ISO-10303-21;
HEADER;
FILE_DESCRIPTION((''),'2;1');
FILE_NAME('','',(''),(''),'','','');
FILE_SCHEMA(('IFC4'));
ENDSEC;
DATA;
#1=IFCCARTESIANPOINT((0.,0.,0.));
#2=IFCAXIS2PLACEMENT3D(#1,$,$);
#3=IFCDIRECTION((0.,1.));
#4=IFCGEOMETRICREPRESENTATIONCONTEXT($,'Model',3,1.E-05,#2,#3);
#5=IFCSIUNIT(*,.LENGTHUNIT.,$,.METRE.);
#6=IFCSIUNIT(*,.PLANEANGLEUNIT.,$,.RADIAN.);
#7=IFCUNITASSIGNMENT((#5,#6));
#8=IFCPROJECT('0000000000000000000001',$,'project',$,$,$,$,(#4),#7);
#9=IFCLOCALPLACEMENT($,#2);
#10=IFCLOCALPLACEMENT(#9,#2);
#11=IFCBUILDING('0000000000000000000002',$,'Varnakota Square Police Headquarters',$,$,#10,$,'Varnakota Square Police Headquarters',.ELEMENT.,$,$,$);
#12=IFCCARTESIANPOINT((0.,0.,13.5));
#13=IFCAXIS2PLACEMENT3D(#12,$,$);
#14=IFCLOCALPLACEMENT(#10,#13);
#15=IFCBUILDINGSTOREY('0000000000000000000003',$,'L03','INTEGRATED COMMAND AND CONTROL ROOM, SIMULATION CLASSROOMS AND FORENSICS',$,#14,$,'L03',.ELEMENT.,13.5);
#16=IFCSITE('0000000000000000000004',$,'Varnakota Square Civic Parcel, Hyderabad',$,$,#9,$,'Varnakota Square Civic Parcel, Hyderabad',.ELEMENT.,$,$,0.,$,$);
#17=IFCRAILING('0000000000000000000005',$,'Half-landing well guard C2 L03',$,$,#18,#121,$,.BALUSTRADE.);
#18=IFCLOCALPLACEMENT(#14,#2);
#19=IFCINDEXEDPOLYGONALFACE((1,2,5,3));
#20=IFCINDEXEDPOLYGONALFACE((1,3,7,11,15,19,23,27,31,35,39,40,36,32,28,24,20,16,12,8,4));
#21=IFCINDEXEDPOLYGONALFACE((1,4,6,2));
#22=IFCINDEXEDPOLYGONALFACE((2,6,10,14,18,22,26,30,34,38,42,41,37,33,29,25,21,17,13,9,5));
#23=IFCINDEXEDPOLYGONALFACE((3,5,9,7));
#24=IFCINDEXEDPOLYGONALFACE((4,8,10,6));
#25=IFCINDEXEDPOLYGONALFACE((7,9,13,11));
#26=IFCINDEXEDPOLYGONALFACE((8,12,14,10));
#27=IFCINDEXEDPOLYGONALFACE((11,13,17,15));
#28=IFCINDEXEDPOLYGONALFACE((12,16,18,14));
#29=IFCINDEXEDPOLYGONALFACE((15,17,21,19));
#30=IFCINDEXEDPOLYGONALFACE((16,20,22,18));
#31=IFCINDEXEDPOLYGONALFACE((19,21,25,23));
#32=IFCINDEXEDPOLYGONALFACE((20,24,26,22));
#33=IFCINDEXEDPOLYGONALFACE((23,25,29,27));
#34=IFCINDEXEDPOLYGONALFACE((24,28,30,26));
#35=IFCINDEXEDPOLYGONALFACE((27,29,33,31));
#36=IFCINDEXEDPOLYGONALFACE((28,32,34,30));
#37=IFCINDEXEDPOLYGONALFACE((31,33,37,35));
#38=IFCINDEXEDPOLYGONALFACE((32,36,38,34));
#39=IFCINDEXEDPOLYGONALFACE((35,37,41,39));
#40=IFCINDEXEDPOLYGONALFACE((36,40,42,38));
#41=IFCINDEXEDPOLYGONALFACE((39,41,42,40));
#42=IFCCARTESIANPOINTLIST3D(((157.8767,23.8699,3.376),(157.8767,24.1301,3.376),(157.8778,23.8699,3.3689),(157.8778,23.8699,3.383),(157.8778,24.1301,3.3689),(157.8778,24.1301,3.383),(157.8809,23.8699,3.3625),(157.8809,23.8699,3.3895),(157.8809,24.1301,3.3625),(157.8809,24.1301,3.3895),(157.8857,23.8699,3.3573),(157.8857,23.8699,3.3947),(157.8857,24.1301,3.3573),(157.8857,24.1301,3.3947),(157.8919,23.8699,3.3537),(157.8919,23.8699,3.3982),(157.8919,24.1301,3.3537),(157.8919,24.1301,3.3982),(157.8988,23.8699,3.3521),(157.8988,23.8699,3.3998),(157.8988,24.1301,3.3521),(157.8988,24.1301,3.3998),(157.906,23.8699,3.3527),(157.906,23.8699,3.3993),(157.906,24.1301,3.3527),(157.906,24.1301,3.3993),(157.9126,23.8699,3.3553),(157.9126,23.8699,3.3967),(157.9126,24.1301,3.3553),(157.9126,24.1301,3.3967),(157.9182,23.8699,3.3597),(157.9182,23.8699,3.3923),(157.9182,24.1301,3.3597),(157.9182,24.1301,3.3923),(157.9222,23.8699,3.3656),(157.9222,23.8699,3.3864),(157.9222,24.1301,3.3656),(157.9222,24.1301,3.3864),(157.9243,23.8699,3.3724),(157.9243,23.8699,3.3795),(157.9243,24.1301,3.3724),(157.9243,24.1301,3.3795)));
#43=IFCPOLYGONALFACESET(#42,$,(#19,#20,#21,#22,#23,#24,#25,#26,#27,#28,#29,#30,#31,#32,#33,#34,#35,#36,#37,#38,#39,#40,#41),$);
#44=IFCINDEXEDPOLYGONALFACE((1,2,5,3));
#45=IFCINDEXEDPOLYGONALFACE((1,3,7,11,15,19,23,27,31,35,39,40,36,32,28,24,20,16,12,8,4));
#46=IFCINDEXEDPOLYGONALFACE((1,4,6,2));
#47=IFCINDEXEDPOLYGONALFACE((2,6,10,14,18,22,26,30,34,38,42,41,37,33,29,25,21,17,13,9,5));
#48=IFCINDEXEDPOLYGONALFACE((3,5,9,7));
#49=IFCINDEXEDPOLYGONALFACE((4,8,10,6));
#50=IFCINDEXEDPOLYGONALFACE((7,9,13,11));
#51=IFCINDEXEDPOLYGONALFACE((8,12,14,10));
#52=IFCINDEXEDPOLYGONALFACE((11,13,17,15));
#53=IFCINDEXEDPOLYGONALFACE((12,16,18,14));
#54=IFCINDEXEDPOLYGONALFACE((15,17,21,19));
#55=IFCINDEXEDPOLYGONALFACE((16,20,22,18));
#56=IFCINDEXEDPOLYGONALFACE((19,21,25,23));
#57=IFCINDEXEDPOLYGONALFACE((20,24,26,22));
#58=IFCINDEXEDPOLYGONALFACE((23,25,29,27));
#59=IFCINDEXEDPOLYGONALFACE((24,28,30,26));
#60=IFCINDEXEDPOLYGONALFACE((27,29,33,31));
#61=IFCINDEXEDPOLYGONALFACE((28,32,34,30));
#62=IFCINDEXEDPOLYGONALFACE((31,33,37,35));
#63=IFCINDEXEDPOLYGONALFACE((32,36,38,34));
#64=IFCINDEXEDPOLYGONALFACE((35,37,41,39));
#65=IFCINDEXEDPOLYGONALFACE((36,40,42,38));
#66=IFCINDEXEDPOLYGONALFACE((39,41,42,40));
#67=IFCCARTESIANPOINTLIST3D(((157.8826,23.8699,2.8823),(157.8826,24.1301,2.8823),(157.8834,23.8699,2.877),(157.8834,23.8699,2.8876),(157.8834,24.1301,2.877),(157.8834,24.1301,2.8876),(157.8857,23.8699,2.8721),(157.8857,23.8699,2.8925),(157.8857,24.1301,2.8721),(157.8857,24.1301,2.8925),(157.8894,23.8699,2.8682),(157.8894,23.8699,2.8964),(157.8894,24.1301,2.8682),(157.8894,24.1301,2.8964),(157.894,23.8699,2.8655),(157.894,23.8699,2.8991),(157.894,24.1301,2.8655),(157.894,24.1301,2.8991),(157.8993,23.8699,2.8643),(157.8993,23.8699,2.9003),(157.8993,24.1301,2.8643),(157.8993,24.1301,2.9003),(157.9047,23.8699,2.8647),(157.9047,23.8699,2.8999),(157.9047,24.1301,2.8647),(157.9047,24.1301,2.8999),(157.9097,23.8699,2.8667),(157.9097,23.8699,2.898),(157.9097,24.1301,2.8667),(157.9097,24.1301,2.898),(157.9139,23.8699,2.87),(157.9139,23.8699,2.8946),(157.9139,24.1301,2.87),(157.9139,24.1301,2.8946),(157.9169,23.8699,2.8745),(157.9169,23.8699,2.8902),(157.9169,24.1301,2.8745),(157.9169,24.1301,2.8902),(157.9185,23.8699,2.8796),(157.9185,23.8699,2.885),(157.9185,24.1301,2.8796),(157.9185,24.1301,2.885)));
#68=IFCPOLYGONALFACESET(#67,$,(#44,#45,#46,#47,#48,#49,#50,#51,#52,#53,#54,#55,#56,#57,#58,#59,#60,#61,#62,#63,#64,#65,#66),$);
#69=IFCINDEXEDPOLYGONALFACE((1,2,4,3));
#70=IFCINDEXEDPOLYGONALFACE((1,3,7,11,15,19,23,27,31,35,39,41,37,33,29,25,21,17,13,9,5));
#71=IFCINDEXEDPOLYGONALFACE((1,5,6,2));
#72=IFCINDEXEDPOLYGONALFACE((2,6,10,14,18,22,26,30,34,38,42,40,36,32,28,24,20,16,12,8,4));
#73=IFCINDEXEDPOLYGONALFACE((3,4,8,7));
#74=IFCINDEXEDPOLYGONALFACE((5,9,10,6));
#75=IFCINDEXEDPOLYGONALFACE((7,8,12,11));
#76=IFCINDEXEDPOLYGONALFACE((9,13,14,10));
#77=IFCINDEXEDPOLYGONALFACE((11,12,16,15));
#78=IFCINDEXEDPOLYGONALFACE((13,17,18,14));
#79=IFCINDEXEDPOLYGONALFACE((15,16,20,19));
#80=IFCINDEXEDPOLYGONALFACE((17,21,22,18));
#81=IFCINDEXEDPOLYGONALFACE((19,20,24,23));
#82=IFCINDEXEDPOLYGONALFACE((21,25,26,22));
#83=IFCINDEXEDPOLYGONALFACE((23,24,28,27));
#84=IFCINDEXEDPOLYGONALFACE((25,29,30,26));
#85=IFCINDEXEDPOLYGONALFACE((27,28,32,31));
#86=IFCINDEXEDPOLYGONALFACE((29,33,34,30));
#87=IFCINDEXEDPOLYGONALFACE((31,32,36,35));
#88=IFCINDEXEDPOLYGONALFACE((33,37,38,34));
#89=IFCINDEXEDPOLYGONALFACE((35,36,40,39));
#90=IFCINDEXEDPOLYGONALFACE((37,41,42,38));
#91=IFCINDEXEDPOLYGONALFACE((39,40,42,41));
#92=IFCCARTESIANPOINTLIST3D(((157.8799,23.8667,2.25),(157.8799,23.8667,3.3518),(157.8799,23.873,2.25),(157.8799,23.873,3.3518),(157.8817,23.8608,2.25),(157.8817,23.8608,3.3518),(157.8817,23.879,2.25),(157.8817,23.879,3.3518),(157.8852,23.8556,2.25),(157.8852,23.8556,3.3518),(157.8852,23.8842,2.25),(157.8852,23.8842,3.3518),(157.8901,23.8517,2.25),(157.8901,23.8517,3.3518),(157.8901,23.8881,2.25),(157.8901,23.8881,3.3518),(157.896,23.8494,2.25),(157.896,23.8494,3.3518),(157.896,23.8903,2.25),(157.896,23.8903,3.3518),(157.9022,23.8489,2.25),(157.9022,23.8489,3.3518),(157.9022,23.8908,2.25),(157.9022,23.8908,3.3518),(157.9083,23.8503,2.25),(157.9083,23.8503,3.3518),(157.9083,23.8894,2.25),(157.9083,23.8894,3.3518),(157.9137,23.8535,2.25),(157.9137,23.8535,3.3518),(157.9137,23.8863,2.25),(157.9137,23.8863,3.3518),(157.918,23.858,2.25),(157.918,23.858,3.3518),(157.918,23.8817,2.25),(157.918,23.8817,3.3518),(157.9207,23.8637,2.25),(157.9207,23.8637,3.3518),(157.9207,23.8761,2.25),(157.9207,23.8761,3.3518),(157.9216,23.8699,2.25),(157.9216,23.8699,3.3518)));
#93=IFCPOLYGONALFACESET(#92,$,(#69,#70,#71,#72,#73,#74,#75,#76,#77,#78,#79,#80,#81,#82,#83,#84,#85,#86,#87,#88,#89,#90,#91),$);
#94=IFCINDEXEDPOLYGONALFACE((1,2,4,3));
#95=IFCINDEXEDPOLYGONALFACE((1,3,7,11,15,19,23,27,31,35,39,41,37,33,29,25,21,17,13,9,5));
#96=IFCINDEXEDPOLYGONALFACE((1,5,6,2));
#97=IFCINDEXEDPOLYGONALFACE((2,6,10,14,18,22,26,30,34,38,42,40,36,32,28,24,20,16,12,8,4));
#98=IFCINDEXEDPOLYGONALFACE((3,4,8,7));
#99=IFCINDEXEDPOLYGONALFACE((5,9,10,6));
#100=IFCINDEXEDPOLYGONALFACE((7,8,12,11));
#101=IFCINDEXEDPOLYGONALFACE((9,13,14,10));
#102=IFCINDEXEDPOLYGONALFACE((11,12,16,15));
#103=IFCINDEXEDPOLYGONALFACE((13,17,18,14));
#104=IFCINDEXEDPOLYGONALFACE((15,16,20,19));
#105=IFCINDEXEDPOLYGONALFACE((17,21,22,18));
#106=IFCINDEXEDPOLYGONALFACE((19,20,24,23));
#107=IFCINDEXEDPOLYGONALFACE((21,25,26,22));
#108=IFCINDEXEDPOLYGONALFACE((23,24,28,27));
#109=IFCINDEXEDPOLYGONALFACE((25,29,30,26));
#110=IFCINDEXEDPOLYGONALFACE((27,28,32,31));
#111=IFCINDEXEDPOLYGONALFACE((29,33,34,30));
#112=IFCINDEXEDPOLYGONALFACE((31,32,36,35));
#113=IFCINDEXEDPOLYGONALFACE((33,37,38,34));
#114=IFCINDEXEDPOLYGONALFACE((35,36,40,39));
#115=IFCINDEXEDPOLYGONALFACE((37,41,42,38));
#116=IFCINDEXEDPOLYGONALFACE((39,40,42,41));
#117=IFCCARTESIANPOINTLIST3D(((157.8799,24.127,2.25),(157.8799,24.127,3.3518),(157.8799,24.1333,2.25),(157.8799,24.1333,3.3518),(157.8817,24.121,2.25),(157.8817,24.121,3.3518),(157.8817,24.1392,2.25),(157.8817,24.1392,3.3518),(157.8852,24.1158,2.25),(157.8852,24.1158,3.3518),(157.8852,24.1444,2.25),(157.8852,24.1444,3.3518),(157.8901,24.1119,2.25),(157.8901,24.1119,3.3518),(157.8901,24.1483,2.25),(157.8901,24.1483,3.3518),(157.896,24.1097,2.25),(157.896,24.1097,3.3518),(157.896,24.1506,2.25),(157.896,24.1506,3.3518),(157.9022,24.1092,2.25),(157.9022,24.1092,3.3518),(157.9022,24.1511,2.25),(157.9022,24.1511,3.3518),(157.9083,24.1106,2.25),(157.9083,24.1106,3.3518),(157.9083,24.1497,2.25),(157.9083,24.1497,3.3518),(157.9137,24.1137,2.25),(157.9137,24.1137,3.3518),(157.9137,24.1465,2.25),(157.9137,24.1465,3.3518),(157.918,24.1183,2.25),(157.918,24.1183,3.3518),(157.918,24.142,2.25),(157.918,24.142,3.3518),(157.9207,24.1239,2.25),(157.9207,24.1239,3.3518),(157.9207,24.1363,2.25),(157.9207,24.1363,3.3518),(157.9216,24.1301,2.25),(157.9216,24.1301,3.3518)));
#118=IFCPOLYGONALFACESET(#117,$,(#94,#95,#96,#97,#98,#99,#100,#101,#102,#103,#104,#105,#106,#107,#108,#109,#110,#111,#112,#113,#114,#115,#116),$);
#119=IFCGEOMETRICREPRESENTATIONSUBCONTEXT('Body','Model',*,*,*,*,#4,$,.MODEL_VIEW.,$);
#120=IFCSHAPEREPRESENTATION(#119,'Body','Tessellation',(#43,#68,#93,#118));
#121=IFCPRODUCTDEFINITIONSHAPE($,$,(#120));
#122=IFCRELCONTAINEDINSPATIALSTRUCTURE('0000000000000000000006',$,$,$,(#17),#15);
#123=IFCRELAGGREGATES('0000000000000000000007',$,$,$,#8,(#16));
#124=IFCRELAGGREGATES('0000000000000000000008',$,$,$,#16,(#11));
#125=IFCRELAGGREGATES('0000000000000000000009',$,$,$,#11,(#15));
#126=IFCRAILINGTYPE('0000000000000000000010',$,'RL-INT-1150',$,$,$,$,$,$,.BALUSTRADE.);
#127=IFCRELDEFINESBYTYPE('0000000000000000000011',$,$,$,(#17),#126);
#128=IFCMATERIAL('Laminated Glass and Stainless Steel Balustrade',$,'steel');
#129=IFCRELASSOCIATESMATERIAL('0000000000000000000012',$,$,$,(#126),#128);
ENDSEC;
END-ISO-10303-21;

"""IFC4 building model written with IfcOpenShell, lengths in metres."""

from ifc_helpers import new_model, si_unit, direction, frame, origin, origin_2d, place, context, subcontext, project, spatial, circle, extrude, material, type_object, element, save


model = new_model("IFC4")

# Units and contexts
model_context = context("Model", 3, precision=1e-05, world=origin(), true_north=direction((0.0, 1.0)))
body_context = subcontext(model_context, "Body", "Model", "MODEL_VIEW")
ifc_project = project(units=[si_unit("LENGTHUNIT", "METRE"), si_unit("PLANEANGLEUNIT", "RADIAN")], contexts=[model_context])

# Site, building, storey
site_placement = place(None, origin())
site = spatial("IfcSite", under=ifc_project, at=site_placement, Name="Varnakota Square Civic Parcel, Hyderabad", LongName="Varnakota Square Civic Parcel, Hyderabad", CompositionType="ELEMENT", RefElevation=0.0)
building_placement = place(site_placement, origin())
building = spatial("IfcBuilding", under=site, at=building_placement, Name="Varnakota Square Police Headquarters", LongName="Varnakota Square Police Headquarters", CompositionType="ELEMENT")
storey_placement = place(building_placement, frame((0.0, 0.0, 13.5)))
storey = spatial("IfcBuildingStorey", under=building, at=storey_placement, Name="L03", Description="INTEGRATED COMMAND AND CONTROL ROOM, SIMULATION CLASSROOMS AND FORENSICS", LongName="L03", CompositionType="ELEMENT", Elevation=13.5)

# Railing
ifc_material_1 = material(Name="Laminated Glass and Stainless Steel Balustrade", Category="steel")
railing_type_1 = type_object("IfcRailingType", Name="RL-INT-1150", PredefinedType="BALUSTRADE", material=ifc_material_1)
railing_1_placement = place(storey_placement, frame((157.9006, 23.8699, 2.25)))
element("IfcRailing", 1, at=railing_1_placement, inside=storey, type_object=railing_type_1, Name="Half-landing well guard C2 L03", PredefinedType="BALUSTRADE", context=body_context, shape_type="SweptSolid", body=[
    extrude(circle(Radius=0.0239, at=origin_2d()), frame((0.0, 0.0, 1.126), z_axis=(0.0, 1.0, 0.0), x_axis=(-1.0, 0.0, 0.0)), (0.0, 0.0, 1.0), 0.2603),
    extrude(circle(Radius=0.0181, at=origin_2d()), frame((0.0, 0.0, 0.6323), z_axis=(0.0, 1.0, 0.0), x_axis=(-1.0, 0.0, 0.0)), (0.0, 0.0, 1.0), 0.2603),
    extrude(circle(Radius=0.021, at=origin_2d()), origin(), (0.0, 0.0, 1.0), 1.1018),
    extrude(circle(Radius=0.021, at=origin_2d()), frame((0.0, 0.2603, 0.0)), (0.0, 0.0, 1.0), 1.1018),
])

save(model, "model.ifc")
